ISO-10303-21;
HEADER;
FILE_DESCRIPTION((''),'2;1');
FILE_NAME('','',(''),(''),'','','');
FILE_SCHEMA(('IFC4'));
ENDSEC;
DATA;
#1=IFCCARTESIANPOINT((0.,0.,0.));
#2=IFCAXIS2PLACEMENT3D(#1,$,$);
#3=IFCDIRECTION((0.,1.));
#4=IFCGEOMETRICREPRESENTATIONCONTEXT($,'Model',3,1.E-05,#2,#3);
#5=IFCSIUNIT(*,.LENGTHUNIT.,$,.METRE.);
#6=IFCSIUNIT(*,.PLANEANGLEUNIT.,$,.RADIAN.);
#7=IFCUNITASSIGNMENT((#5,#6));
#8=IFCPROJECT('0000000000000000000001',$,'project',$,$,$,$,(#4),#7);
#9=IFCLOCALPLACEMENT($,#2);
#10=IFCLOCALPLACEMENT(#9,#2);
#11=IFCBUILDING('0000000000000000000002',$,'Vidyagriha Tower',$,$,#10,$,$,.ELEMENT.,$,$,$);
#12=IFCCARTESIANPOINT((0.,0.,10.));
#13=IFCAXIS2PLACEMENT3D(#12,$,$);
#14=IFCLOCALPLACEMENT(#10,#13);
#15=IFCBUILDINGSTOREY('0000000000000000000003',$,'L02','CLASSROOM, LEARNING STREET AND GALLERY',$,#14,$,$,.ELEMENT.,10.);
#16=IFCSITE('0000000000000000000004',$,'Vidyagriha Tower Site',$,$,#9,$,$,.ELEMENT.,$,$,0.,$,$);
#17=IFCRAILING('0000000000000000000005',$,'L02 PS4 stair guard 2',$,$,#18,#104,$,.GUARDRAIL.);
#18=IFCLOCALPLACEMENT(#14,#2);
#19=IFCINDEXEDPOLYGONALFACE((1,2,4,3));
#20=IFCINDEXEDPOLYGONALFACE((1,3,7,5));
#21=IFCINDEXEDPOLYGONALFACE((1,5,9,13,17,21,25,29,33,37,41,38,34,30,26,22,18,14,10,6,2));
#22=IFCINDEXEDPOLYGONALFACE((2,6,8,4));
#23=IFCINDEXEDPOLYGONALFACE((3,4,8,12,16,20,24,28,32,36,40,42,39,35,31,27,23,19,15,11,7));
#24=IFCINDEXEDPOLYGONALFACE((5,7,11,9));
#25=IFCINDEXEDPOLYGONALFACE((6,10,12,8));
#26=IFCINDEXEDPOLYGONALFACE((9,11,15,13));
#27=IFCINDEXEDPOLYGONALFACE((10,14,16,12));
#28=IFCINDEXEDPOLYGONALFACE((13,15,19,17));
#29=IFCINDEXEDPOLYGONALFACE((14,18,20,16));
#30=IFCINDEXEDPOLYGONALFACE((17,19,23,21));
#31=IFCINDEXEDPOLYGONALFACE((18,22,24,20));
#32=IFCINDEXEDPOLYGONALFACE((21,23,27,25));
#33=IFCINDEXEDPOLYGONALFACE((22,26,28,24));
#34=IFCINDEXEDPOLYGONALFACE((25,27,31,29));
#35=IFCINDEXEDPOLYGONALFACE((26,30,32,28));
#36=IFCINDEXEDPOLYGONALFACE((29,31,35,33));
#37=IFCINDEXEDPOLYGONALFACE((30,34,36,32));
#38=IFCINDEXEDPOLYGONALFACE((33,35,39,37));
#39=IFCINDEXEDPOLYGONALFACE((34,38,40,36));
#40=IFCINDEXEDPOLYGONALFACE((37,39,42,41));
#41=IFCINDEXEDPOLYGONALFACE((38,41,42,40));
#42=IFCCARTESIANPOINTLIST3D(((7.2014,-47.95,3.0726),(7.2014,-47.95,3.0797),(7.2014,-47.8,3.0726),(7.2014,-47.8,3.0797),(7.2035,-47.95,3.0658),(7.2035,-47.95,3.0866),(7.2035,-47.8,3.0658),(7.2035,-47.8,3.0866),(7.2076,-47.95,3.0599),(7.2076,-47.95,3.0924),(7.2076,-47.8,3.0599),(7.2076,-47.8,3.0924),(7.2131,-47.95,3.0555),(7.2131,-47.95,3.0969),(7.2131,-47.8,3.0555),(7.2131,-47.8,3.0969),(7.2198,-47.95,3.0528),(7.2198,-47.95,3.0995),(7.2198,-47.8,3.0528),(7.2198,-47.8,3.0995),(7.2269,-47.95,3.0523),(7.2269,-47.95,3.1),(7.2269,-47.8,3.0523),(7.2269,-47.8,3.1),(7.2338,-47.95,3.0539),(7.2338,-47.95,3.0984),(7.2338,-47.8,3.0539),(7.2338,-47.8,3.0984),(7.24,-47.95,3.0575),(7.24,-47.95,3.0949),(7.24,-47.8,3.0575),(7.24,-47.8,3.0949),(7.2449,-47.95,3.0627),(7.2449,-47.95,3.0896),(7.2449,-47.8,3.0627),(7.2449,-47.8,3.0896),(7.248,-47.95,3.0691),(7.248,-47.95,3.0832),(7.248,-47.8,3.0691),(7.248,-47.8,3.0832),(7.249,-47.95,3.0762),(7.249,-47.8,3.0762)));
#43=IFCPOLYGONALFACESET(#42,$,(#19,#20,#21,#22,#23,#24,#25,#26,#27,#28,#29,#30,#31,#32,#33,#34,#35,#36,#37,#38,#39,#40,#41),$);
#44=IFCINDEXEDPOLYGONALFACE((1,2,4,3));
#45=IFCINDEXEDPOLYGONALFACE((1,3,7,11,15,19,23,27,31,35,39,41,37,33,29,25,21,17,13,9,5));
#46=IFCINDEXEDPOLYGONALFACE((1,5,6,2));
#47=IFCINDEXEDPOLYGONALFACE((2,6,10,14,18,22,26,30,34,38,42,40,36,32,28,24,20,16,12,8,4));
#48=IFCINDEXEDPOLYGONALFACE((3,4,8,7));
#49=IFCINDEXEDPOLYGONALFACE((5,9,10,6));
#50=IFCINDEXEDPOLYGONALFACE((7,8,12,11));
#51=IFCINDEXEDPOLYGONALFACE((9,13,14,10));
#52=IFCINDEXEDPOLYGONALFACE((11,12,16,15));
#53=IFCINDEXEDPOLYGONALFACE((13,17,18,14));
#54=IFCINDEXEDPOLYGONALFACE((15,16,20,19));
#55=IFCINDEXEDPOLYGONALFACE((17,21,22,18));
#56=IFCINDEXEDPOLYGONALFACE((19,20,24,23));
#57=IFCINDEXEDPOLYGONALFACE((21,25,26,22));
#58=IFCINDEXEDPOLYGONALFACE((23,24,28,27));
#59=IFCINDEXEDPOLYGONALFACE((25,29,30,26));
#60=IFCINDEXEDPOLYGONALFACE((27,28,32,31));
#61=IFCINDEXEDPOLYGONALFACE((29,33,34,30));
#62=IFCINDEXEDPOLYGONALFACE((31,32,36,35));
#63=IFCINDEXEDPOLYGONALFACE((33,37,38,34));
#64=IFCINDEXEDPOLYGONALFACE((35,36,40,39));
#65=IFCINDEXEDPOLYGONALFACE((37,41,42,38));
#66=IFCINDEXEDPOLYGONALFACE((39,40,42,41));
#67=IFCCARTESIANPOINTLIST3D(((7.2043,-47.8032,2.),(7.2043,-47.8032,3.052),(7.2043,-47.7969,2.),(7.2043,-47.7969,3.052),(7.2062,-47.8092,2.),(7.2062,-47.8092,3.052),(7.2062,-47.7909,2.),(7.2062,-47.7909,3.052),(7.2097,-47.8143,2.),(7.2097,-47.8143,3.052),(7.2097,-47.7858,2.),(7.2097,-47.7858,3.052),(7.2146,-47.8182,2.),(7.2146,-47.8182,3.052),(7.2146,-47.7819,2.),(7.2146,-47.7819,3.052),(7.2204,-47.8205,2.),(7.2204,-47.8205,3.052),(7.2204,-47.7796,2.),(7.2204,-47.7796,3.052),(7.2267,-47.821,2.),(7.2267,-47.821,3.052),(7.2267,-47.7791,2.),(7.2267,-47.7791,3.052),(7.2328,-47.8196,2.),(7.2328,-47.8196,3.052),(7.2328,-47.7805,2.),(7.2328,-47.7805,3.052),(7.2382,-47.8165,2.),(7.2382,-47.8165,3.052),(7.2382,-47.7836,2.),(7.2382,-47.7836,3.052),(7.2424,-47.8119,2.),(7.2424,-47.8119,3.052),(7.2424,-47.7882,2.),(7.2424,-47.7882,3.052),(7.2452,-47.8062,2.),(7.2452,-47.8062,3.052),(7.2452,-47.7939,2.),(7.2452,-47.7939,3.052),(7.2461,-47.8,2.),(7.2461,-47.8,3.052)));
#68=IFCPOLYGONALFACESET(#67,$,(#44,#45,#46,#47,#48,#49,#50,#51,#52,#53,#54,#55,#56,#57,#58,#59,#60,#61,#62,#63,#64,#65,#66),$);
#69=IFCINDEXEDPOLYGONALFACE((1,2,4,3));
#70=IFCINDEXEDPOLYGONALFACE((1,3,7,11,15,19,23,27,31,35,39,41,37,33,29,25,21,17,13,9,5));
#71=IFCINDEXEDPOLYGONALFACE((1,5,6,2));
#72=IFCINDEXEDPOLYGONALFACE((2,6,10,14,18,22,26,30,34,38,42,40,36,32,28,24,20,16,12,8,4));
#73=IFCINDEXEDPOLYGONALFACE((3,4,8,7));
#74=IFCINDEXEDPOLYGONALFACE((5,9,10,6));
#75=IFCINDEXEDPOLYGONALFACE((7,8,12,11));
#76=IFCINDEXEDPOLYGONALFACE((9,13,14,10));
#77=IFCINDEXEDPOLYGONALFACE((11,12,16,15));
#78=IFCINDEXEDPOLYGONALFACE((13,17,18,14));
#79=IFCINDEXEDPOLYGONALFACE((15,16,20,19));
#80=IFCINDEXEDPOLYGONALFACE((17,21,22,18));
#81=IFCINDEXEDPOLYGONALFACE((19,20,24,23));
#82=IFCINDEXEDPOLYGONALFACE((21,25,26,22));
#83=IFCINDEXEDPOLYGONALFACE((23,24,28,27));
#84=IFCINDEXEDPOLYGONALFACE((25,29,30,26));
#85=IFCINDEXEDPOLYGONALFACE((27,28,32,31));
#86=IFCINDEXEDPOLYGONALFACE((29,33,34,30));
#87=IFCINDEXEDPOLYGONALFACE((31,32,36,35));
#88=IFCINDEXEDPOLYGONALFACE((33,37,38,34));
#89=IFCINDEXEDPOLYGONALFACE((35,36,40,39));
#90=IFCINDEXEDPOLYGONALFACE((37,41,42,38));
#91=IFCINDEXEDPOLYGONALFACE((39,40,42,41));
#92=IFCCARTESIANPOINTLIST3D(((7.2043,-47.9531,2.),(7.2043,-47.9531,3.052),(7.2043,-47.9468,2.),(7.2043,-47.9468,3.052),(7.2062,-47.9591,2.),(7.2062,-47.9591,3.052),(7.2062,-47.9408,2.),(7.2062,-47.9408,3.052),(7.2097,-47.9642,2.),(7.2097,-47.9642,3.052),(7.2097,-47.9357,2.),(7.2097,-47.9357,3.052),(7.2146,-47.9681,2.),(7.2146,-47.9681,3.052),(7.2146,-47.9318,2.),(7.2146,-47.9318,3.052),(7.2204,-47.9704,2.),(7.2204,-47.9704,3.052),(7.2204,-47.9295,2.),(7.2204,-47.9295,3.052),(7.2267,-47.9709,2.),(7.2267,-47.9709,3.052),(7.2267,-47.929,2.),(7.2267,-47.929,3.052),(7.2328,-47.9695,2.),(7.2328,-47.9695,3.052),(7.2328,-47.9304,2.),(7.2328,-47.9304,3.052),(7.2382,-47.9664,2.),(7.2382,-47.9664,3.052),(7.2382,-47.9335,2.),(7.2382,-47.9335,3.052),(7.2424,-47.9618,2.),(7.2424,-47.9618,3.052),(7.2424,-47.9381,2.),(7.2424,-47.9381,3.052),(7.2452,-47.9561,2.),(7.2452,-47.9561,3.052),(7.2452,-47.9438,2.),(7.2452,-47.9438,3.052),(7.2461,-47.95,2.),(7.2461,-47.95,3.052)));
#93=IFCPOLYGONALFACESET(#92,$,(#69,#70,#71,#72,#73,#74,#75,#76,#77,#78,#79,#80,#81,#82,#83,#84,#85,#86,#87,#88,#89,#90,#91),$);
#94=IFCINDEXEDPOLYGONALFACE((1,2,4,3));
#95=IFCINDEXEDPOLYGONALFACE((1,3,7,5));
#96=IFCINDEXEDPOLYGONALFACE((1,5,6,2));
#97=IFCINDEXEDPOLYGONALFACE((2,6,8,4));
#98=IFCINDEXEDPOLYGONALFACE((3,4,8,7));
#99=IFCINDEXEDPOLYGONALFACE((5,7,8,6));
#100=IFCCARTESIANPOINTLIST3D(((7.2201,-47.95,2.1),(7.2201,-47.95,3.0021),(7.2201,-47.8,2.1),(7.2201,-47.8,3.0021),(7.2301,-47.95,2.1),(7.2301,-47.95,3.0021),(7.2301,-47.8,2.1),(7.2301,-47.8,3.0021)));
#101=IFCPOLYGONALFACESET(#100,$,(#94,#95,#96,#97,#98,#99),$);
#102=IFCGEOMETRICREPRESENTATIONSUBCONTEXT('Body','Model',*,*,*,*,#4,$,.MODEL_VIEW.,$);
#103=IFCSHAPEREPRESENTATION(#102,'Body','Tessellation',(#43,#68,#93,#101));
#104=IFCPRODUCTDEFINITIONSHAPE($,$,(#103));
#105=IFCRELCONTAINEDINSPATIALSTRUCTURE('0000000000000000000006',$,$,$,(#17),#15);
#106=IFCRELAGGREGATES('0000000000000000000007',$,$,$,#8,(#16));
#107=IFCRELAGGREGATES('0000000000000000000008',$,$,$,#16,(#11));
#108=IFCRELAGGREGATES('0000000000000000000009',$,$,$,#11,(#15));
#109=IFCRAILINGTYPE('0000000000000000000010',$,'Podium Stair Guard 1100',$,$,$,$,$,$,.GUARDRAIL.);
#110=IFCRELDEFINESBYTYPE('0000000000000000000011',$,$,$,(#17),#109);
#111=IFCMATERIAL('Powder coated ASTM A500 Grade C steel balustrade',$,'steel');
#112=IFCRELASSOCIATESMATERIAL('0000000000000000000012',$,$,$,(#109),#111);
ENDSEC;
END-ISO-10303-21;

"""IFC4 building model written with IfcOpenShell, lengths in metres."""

from ifc_helpers import new_model, si_unit, direction, frame, origin, origin_2d, place, context, subcontext, project, spatial, rectangle, circle, extrude, material, type_object, element, save


model = new_model("IFC4")

# Units and contexts
model_context = context("Model", 3, precision=1e-05, world=origin(), true_north=direction((0.0, 1.0)))
body_context = subcontext(model_context, "Body", "Model", "MODEL_VIEW")
ifc_project = project(units=[si_unit("LENGTHUNIT", "METRE"), si_unit("PLANEANGLEUNIT", "RADIAN")], contexts=[model_context])

# Site, building, storey
site_placement = place(None, origin())
site = spatial("IfcSite", under=ifc_project, at=site_placement, Name="Vidyagriha Tower Site", CompositionType="ELEMENT", RefElevation=0.0)
building_placement = place(site_placement, origin())
building = spatial("IfcBuilding", under=site, at=building_placement, Name="Vidyagriha Tower", CompositionType="ELEMENT")
storey_placement = place(building_placement, frame((0.0, 0.0, 10.0)))
storey = spatial("IfcBuildingStorey", under=building, at=storey_placement, Name="L02", Description="CLASSROOM, LEARNING STREET AND GALLERY", CompositionType="ELEMENT", Elevation=10.0)

# Railing
ifc_material_1 = material(Name="Powder coated ASTM A500 Grade C steel balustrade", Category="steel")
railing_type_1 = type_object("IfcRailingType", Name="Podium Stair Guard 1100", PredefinedType="GUARDRAIL", material=ifc_material_1)
railing_1_placement = place(storey_placement, frame((7.2251, -47.8, 2.0)))
element("IfcRailing", 1, at=railing_1_placement, inside=storey, type_object=railing_type_1, Name="L02 PS4 stair guard 2", PredefinedType="GUARDRAIL", context=body_context, shape_type="SweptSolid", body=[
    extrude(circle(Radius=0.0239, at=origin_2d()), frame((0.0, 0.0, 1.0762), z_axis=(0.0, -1.0, 0.0), x_axis=(1.0, 0.0, 0.0)), (0.0, 0.0, 1.0), 0.1499),
    extrude(circle(Radius=0.021, at=origin_2d()), origin(), (0.0, 0.0, 1.0), 1.052),
    extrude(circle(Radius=0.021, at=origin_2d()), frame((0.0, -0.1499, 0.0)), (0.0, 0.0, 1.0), 1.052),
    extrude(rectangle(XDim=0.01, YDim=0.9021, at=origin_2d()), frame((0.0, 0.0, 0.551), z_axis=(0.0, -1.0, 0.0), x_axis=(1.0, 0.0, 0.0)), (0.0, 0.0, 1.0), 0.1499),
])

save(model, "model.ifc")
